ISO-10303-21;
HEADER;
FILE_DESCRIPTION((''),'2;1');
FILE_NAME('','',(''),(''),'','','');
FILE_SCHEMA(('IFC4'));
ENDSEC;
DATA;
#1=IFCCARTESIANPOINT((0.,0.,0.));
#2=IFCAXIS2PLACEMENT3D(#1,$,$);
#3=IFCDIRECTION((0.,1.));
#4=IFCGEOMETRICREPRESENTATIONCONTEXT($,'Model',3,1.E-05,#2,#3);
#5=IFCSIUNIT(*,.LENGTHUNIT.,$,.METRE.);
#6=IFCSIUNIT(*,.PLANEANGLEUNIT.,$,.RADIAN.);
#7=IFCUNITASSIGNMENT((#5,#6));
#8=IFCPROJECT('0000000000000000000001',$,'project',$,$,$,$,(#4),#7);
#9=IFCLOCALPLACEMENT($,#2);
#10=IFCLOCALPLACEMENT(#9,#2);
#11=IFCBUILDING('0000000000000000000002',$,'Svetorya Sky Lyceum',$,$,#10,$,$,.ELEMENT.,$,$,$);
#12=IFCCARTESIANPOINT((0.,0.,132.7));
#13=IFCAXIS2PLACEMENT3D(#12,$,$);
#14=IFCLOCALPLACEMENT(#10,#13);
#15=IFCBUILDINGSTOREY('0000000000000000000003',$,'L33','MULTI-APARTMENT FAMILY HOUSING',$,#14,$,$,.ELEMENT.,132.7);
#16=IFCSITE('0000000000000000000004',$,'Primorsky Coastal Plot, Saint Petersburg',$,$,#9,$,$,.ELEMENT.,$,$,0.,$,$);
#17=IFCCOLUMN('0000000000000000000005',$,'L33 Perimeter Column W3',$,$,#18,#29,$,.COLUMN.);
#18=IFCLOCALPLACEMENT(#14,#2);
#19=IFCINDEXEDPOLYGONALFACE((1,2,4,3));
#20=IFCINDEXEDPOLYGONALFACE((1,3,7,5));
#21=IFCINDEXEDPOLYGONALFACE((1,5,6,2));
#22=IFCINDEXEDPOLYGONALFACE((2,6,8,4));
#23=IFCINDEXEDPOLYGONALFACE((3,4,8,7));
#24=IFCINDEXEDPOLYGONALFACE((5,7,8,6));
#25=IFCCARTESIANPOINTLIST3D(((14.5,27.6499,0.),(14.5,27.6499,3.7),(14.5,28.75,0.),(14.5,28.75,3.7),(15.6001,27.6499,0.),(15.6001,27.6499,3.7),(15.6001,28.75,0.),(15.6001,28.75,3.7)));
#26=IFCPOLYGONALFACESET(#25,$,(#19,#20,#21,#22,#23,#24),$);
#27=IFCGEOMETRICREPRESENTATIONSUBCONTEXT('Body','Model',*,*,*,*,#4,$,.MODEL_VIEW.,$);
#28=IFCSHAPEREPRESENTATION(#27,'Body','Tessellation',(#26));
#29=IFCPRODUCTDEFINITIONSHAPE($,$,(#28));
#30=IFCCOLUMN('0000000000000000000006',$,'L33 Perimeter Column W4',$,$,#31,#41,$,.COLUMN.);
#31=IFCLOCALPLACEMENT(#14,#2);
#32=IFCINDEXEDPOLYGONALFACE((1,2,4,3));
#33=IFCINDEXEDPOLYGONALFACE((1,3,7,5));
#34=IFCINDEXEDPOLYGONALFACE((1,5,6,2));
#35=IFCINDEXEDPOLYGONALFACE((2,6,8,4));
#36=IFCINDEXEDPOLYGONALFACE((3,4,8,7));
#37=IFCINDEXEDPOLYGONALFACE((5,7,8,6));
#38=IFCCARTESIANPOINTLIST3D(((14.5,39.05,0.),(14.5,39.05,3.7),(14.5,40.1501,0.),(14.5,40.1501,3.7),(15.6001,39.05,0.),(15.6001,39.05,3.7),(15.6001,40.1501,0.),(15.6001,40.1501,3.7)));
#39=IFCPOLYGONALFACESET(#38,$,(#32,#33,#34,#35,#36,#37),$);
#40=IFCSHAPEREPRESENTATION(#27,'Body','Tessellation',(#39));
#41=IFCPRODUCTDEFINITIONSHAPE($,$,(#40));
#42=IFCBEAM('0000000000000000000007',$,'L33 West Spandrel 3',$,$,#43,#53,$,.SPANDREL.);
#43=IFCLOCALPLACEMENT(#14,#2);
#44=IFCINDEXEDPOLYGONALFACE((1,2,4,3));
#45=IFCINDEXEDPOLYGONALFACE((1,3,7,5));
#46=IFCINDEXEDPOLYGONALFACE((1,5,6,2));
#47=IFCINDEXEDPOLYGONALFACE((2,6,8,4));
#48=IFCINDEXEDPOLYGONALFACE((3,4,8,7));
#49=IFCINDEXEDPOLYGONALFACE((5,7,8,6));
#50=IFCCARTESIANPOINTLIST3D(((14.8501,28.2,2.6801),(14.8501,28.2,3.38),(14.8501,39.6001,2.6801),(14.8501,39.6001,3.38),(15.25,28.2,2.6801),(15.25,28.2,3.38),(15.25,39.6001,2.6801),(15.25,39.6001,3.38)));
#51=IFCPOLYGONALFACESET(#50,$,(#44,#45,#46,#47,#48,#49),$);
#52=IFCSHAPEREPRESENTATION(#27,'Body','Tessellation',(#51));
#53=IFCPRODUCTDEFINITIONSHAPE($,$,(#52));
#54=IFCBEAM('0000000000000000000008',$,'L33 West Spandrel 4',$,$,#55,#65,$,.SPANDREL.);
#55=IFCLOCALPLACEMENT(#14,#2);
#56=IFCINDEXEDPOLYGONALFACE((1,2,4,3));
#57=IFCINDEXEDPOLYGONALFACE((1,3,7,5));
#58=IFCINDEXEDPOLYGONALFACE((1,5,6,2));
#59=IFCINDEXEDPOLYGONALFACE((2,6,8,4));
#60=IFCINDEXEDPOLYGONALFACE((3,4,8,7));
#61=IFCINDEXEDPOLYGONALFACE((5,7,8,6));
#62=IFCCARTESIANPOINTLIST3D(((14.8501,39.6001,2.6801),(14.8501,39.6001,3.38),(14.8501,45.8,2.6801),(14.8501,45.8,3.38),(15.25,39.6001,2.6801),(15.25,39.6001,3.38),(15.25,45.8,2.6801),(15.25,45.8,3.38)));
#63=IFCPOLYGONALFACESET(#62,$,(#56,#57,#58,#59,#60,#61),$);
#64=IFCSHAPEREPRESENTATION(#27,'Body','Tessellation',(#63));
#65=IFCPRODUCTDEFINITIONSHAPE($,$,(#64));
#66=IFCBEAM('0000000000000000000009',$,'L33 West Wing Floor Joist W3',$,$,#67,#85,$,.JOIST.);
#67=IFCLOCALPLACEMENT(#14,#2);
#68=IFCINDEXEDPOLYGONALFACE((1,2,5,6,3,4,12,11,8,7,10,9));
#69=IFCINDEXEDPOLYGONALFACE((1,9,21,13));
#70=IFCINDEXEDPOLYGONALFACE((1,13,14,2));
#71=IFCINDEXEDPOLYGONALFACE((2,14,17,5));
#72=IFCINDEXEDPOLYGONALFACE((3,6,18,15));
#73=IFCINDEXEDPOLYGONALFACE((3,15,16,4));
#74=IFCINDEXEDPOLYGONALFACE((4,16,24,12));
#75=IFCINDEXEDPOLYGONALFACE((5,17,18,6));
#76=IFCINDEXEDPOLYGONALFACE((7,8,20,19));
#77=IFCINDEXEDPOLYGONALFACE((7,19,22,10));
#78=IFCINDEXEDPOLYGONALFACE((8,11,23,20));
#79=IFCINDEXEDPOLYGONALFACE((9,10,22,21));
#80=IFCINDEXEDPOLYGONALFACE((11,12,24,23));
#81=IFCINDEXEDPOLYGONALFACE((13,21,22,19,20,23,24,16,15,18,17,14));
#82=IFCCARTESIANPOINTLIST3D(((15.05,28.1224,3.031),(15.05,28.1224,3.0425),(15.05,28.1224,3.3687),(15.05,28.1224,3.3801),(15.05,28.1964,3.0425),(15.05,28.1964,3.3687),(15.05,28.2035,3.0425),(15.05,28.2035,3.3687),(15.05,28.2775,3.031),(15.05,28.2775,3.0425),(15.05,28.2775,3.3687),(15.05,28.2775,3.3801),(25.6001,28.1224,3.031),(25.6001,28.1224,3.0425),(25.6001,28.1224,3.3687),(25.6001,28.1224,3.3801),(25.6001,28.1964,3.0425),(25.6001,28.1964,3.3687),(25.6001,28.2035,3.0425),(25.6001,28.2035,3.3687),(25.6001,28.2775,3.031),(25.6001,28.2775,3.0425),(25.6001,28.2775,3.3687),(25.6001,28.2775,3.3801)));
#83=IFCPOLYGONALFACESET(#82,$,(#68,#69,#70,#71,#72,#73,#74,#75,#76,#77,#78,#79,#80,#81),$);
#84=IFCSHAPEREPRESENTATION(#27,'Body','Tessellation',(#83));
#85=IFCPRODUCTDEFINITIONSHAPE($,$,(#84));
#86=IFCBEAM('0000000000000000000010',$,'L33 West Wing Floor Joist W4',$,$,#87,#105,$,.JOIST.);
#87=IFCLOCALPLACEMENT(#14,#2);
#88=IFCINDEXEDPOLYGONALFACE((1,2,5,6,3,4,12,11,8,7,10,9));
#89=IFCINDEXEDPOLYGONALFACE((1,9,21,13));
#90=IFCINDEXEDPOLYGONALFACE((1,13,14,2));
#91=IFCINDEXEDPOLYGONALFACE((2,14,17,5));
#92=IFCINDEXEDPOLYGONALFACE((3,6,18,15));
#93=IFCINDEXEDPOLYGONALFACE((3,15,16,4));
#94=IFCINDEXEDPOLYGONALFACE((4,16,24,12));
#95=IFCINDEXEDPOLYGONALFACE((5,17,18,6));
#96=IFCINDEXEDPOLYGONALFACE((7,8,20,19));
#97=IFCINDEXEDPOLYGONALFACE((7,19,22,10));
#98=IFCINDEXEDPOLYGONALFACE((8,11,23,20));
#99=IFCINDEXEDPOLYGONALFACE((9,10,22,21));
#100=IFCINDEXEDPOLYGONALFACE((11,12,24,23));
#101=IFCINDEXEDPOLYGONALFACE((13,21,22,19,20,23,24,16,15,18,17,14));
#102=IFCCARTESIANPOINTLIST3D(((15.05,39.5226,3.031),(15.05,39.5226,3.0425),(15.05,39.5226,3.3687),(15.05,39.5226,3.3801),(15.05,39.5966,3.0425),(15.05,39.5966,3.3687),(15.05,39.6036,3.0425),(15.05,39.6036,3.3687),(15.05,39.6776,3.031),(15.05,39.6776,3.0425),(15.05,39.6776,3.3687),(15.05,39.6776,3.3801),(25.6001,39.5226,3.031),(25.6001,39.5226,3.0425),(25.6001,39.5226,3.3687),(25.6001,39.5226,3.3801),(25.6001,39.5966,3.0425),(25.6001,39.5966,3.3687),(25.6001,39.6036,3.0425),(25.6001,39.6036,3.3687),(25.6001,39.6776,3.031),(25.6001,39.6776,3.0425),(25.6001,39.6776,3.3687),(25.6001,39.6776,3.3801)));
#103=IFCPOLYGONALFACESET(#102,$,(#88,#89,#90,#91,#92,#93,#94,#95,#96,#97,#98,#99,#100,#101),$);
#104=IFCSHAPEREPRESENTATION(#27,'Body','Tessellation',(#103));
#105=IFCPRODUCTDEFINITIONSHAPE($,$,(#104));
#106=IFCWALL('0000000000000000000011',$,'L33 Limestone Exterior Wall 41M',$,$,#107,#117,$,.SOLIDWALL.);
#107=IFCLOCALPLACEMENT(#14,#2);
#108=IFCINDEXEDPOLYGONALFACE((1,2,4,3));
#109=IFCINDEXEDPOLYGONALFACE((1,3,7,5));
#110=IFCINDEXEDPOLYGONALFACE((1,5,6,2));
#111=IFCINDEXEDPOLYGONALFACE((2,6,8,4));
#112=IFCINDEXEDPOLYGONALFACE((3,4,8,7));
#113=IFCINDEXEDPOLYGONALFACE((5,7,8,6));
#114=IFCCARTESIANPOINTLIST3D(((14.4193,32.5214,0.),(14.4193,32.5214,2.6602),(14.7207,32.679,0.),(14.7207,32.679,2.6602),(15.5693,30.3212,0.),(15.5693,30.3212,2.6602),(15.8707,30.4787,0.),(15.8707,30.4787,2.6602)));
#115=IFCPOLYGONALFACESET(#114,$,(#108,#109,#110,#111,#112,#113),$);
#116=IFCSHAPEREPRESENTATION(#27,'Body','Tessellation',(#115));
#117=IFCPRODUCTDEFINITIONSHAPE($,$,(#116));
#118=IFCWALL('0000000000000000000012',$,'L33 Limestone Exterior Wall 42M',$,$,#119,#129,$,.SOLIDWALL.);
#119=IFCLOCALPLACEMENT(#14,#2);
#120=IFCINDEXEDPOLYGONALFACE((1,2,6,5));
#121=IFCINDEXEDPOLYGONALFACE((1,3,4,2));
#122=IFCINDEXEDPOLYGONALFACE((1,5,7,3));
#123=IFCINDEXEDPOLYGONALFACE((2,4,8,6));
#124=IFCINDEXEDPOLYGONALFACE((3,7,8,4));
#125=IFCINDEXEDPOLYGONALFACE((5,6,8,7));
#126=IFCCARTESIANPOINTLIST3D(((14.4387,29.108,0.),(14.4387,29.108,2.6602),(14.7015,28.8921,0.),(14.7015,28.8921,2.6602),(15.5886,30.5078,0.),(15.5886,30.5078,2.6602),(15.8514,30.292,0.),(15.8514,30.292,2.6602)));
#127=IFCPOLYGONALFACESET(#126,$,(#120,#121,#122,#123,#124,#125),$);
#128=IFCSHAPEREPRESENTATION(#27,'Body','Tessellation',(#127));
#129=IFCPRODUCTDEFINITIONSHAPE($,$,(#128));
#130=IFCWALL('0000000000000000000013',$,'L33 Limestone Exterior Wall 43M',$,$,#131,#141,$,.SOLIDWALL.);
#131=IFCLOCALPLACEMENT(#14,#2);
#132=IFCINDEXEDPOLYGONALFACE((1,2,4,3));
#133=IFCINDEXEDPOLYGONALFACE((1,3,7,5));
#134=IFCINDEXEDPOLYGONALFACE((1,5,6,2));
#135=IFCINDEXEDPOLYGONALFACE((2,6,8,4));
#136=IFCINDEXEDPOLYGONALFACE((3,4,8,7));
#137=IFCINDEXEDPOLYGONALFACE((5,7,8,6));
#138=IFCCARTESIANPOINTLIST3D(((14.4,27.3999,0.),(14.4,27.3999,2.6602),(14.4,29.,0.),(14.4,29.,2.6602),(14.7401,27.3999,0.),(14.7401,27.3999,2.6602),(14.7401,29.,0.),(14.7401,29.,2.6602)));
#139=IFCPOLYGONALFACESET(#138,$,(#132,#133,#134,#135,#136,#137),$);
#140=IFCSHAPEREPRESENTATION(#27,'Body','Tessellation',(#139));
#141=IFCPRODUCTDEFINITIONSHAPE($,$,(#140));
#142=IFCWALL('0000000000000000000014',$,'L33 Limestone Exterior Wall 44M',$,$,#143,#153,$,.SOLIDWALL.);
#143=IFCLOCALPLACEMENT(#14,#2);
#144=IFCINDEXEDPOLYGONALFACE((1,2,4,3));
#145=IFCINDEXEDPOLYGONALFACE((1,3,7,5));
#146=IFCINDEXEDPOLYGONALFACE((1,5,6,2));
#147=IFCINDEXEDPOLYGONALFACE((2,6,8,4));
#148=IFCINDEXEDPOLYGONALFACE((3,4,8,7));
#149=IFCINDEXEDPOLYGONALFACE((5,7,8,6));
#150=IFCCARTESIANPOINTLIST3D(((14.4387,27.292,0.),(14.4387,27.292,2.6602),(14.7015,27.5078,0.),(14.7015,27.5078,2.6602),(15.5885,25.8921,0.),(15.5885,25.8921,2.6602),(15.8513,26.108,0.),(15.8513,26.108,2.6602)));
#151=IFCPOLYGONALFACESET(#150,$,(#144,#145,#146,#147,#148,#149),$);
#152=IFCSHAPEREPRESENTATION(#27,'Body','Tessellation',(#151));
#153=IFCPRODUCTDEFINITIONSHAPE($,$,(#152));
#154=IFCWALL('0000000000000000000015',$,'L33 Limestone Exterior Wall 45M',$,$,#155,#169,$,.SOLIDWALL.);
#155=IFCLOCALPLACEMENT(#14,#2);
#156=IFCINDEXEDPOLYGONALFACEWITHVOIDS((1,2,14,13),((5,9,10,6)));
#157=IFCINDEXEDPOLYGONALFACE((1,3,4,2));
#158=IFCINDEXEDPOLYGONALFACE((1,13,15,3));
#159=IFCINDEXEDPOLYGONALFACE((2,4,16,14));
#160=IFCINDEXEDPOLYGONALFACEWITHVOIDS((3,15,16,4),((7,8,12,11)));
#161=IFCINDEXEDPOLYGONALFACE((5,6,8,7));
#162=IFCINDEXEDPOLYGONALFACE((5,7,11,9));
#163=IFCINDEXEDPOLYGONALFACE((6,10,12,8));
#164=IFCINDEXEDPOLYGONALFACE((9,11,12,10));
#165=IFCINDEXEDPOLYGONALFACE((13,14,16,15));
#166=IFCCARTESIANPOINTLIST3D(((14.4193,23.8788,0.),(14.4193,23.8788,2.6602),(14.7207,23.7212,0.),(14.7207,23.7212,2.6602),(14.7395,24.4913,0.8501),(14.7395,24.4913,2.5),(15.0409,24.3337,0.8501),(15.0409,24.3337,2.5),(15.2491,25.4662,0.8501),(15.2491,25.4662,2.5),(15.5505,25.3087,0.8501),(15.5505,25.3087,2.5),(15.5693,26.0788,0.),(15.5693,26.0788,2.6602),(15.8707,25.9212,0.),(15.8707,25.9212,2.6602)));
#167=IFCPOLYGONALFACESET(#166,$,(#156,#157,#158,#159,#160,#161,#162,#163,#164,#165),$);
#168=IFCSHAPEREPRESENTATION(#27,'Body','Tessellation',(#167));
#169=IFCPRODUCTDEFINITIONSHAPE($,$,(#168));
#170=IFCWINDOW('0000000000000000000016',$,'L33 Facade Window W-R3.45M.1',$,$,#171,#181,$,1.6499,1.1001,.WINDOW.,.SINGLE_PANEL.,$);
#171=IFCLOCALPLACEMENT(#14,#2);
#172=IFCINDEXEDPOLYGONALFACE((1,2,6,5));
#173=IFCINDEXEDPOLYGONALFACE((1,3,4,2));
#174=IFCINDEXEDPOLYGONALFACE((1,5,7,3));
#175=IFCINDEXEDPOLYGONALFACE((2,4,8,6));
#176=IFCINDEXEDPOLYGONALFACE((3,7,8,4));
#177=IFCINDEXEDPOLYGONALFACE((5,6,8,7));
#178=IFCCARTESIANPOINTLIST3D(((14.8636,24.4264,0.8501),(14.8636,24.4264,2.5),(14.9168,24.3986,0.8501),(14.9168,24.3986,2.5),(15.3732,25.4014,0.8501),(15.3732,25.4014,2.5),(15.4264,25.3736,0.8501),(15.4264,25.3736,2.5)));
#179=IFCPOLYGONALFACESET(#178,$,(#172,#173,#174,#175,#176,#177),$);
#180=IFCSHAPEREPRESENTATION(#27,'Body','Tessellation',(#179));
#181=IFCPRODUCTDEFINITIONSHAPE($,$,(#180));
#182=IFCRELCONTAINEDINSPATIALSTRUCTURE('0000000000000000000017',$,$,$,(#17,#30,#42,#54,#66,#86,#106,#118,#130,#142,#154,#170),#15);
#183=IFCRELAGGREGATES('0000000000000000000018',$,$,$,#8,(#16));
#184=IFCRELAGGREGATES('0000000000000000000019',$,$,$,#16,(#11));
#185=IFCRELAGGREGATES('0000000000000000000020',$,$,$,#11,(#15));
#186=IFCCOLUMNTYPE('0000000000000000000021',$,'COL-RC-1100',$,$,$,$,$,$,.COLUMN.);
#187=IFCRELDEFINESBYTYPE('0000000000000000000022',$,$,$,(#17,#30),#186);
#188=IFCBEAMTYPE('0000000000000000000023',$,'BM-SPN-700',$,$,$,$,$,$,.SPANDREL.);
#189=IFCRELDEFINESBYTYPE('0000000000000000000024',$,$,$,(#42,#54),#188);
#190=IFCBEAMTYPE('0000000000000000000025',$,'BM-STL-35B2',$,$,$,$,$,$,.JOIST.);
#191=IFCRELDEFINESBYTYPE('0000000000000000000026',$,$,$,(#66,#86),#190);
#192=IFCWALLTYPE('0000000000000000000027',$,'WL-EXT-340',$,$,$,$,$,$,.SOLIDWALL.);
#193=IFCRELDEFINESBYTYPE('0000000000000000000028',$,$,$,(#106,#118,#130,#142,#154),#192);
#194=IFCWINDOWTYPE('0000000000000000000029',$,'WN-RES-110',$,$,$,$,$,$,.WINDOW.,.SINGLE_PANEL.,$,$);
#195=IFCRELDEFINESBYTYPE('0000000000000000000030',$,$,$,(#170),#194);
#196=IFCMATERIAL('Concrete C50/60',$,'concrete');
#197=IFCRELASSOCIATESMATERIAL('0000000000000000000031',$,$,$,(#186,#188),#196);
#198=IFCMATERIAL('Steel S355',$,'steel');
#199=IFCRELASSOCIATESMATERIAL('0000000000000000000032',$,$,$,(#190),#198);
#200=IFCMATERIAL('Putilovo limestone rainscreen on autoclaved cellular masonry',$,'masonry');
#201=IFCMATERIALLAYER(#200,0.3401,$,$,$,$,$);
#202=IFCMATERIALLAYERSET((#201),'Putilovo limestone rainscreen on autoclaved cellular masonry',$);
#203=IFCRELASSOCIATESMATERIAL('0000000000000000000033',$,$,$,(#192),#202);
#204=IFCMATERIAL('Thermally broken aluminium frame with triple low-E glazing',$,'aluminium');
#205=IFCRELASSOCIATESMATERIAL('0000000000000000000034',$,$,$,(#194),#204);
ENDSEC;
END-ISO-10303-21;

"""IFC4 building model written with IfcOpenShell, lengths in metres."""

from ifc_helpers import new_model, si_unit, direction, frame, frame_2d, origin, origin_2d, place, context, subcontext, project, spatial, rectangle, i_section, extrude, material, layer, layer_set, material_profile, profile_set, type_object, element, fill, save


model = new_model("IFC4")

# Units and contexts
model_context = context("Model", 3, precision=1e-05, world=origin(), true_north=direction((0.0, 1.0)))
body_context = subcontext(model_context, "Body", "Model", "MODEL_VIEW")
ifc_project = project(units=[si_unit("LENGTHUNIT", "METRE"), si_unit("PLANEANGLEUNIT", "RADIAN")], contexts=[model_context])

# Site, building, storey
site_placement = place(None, origin())
site = spatial("IfcSite", under=ifc_project, at=site_placement, Name="Primorsky Coastal Plot, Saint Petersburg", CompositionType="ELEMENT", RefElevation=0.0)
building_placement = place(site_placement, origin())
building = spatial("IfcBuilding", under=site, at=building_placement, Name="Svetorya Sky Lyceum", CompositionType="ELEMENT")
storey_placement = place(building_placement, frame((0.0, 0.0, 132.7)))
storey = spatial("IfcBuildingStorey", under=building, at=storey_placement, Name="L33", Description="MULTI-APARTMENT FAMILY HOUSING", CompositionType="ELEMENT", Elevation=132.7)

# Columns
ifc_material_1 = material(Name="Concrete C50/60", Category="concrete")
ifc_material_profile_1 = material_profile(ifc_material_1, rectangle(XDim=1.1001, YDim=1.1001, at=origin_2d()), Name="RC COL 1100x1100")
ifc_profile_set_1 = profile_set([ifc_material_profile_1], Name="Concrete C50/60")
column_type = type_object("IfcColumnType", Name="COL-RC-1100", PredefinedType="COLUMN", material=ifc_profile_set_1)
for number, where, z_axis, x_axis, name in (
    (1, (15.05, 28.2, 0.0), (0.0, 0.0, 1.0), (1.0, 0.0, 0.0), "L33 Perimeter Column W3"),
    (2, (15.05, 39.6001, 0.0), (0.0, 0.0, 1.0), (1.0, 0.0, 0.0), "L33 Perimeter Column W4"),
):
    element("IfcColumn", number, at=place(storey_placement, frame(where, z_axis=z_axis, x_axis=x_axis)), inside=storey, type_object=column_type, Name=name, PredefinedType="COLUMN", context=body_context, shape_type="SweptSolid", body=[
        extrude(rectangle(XDim=1.1001, YDim=1.1001, at=origin_2d()), origin(), (0.0, 0.0, 1.0), 3.7),
    ])

# Beams
ifc_material_profile_2 = material_profile(ifc_material_1, rectangle(XDim=0.3999, YDim=0.7, at=origin_2d()), Name="RC SPANDREL 400x700")
ifc_profile_set_2 = profile_set([ifc_material_profile_2], Name="Concrete C50/60")
beam_type_1 = type_object("IfcBeamType", Name="BM-SPN-700", PredefinedType="SPANDREL", material=ifc_profile_set_2)
beam_1_placement = place(storey_placement, frame((15.05, 28.2, 3.03), z_axis=(0.0, 1.0, 0.0), x_axis=(-1.0, 0.0, 0.0)))
element("IfcBeam", 3, at=beam_1_placement, inside=storey, type_object=beam_type_1, Name="L33 West Spandrel 3", PredefinedType="SPANDREL", context=body_context, shape_type="SweptSolid", body=[
    extrude(rectangle(XDim=0.3999, YDim=0.7, at=origin_2d()), origin(), (0.0, 0.0, 1.0), 11.4001),
])
beam_2_placement = place(storey_placement, frame((15.05, 39.6001, 3.03), z_axis=(0.0, 1.0, 0.0), x_axis=(-1.0, 0.0, 0.0)))
element("IfcBeam", 4, at=beam_2_placement, inside=storey, type_object=beam_type_1, Name="L33 West Spandrel 4", PredefinedType="SPANDREL", context=body_context, shape_type="SweptSolid", body=[
    extrude(rectangle(XDim=0.3999, YDim=0.7, at=origin_2d()), origin(), (0.0, 0.0, 1.0), 6.2),
])
ifc_material_2 = material(Name="Steel S355", Category="steel")
ifc_material_profile_3 = material_profile(ifc_material_2, i_section(OverallWidth=0.155, OverallDepth=0.3491, WebThickness=0.0071, FlangeThickness=0.0115, at=origin_2d()), Name="GOST 35B2")
ifc_profile_set_3 = profile_set([ifc_material_profile_3], Name="Steel S355")
beam_type_2 = type_object("IfcBeamType", Name="BM-STL-35B2", PredefinedType="JOIST", material=ifc_profile_set_3)
for number, where, z_axis, x_axis, name in (
    (5, (15.05, 28.2, 3.2056), (1.0, 0.0, 0.0), (0.0, 1.0, 0.0), "L33 West Wing Floor Joist W3"),
    (6, (15.05, 39.6001, 3.2056), (1.0, 0.0, 0.0), (0.0, 1.0, 0.0), "L33 West Wing Floor Joist W4"),
):
    element("IfcBeam", number, at=place(storey_placement, frame(where, z_axis=z_axis, x_axis=x_axis)), inside=storey, type_object=beam_type_2, Name=name, PredefinedType="JOIST", context=body_context, shape_type="SweptSolid", body=[
        extrude(i_section(OverallWidth=0.155, OverallDepth=0.3491, WebThickness=0.0071, FlangeThickness=0.0115, at=origin_2d()), origin(), (0.0, 0.0, 1.0), 10.55),
    ])

# Walls
ifc_material_3 = material(Name="Putilovo limestone rainscreen on autoclaved cellular masonry", Category="masonry")
ifc_layer_1 = layer(ifc_material_3, 0.3401)
ifc_layer_set_1 = layer_set([ifc_layer_1], Name="Putilovo limestone rainscreen on autoclaved cellular masonry")
wall_type_1 = type_object("IfcWallType", Name="WL-EXT-340", PredefinedType="SOLIDWALL", material=ifc_layer_set_1)
wall_1_placement = place(storey_placement, frame((14.5701, 32.6001, 0.0), z_axis=(0.0, 0.0, 1.0), x_axis=(0.463191, -0.886258, 0.0)))
element("IfcWall", 7, at=wall_1_placement, inside=storey, type_object=wall_type_1, Name="L33 Limestone Exterior Wall 41M", PredefinedType="SOLIDWALL", context=body_context, shape_type="SweptSolid", body=[
    extrude(rectangle(XDim=2.4827, YDim=0.3401, at=frame_2d((1.2412, 0.0))), origin(), (0.0, 0.0, 1.0), 2.6602),
])
wall_2_placement = place(storey_placement, frame((15.72, 30.3999, 0.0), z_axis=(0.0, 0.0, 1.0), x_axis=(-0.634734, -0.772731, 0.0)))
element("IfcWall", 8, at=wall_2_placement, inside=storey, type_object=wall_type_1, Name="L33 Limestone Exterior Wall 42M", PredefinedType="SOLIDWALL", context=body_context, shape_type="SweptSolid", body=[
    extrude(rectangle(XDim=1.8115, YDim=0.3401, at=frame_2d((0.9058, 0.0))), origin(), (0.0, 0.0, 1.0), 2.6602),
])
wall_3_placement = place(storey_placement, frame((14.5701, 29.0, 0.0), z_axis=(0.0, 0.0, 1.0), x_axis=(0.0, -1.0, 0.0)))
element("IfcWall", 9, at=wall_3_placement, inside=storey, type_object=wall_type_1, Name="L33 Limestone Exterior Wall 43M", PredefinedType="SOLIDWALL", context=body_context, shape_type="SweptSolid", body=[
    extrude(rectangle(XDim=1.6001, YDim=0.3401, at=frame_2d((0.8, 0.0))), origin(), (0.0, 0.0, 1.0), 2.6602),
])
wall_4_placement = place(storey_placement, frame((14.5701, 27.3999, 0.0), z_axis=(0.0, 0.0, 1.0), x_axis=(0.634734, -0.772731, 0.0)))
element("IfcWall", 10, at=wall_4_placement, inside=storey, type_object=wall_type_1, Name="L33 Limestone Exterior Wall 44M", PredefinedType="SOLIDWALL", context=body_context, shape_type="SweptSolid", body=[
    extrude(rectangle(XDim=1.8115, YDim=0.3401, at=frame_2d((0.9058, 0.0))), origin(), (0.0, 0.0, 1.0), 2.6602),
])

# Wall, opening, window
wall_5_placement = place(storey_placement, frame((15.72, 26.0, 0.0), z_axis=(0.0, 0.0, 1.0), x_axis=(-0.463231, -0.886237, 0.0)))
wall_5 = element("IfcWall", 11, at=wall_5_placement, inside=storey, type_object=wall_type_1, Name="L33 Limestone Exterior Wall 45M", PredefinedType="SOLIDWALL", context=body_context, shape_type="SweptSolid", body=[
    extrude(rectangle(XDim=2.4824, YDim=0.3401, at=frame_2d((1.2412, 0.0))), origin(), (0.0, 0.0, 1.0), 2.6602),
])
opening_1_placement = place(wall_5_placement, frame((0.6912, 0.0, 0.8501)))
opening_1 = element("IfcOpeningElement", 12, at=opening_1_placement, cuts=wall_5, PredefinedType="OPENING", context=body_context, shape_type="SweptSolid", body=[
    extrude(rectangle(XDim=1.1001, YDim=1.6499, at=frame_2d((0.55, 0.825))), frame((0.0, 0.1799, 0.0), z_axis=(0.0, -1.0, 0.0), x_axis=(1.0, 0.0, 0.0)), (0.0, 0.0, 1.0), 0.3601),
])
ifc_material_4 = material(Name="Thermally broken aluminium frame with triple low-E glazing", Category="aluminium")
window_type = type_object("IfcWindowType", Name="WN-RES-110", PartitioningType="SINGLE_PANEL", PredefinedType="WINDOW", material=ifc_material_4)
window_1_placement = place(opening_1_placement, origin())
window_1 = element("IfcWindow", 13, at=window_1_placement, inside=storey, type_object=window_type, Name="L33 Facade Window W-R3.45M.1", OverallHeight=1.6499, OverallWidth=1.1001, PartitioningType="SINGLE_PANEL", PredefinedType="WINDOW", context=body_context, shape_type="SweptSolid", body=[
    extrude(rectangle(XDim=1.1001, YDim=1.6499, at=frame_2d((0.55, 0.825))), frame((0.0, 0.03, 0.0), z_axis=(0.0, -1.0, 0.0), x_axis=(1.0, 0.0, 0.0)), (0.0, 0.0, 1.0), 0.0601),
])
fill(opening_1, window_1)

save(model, "model.ifc")
